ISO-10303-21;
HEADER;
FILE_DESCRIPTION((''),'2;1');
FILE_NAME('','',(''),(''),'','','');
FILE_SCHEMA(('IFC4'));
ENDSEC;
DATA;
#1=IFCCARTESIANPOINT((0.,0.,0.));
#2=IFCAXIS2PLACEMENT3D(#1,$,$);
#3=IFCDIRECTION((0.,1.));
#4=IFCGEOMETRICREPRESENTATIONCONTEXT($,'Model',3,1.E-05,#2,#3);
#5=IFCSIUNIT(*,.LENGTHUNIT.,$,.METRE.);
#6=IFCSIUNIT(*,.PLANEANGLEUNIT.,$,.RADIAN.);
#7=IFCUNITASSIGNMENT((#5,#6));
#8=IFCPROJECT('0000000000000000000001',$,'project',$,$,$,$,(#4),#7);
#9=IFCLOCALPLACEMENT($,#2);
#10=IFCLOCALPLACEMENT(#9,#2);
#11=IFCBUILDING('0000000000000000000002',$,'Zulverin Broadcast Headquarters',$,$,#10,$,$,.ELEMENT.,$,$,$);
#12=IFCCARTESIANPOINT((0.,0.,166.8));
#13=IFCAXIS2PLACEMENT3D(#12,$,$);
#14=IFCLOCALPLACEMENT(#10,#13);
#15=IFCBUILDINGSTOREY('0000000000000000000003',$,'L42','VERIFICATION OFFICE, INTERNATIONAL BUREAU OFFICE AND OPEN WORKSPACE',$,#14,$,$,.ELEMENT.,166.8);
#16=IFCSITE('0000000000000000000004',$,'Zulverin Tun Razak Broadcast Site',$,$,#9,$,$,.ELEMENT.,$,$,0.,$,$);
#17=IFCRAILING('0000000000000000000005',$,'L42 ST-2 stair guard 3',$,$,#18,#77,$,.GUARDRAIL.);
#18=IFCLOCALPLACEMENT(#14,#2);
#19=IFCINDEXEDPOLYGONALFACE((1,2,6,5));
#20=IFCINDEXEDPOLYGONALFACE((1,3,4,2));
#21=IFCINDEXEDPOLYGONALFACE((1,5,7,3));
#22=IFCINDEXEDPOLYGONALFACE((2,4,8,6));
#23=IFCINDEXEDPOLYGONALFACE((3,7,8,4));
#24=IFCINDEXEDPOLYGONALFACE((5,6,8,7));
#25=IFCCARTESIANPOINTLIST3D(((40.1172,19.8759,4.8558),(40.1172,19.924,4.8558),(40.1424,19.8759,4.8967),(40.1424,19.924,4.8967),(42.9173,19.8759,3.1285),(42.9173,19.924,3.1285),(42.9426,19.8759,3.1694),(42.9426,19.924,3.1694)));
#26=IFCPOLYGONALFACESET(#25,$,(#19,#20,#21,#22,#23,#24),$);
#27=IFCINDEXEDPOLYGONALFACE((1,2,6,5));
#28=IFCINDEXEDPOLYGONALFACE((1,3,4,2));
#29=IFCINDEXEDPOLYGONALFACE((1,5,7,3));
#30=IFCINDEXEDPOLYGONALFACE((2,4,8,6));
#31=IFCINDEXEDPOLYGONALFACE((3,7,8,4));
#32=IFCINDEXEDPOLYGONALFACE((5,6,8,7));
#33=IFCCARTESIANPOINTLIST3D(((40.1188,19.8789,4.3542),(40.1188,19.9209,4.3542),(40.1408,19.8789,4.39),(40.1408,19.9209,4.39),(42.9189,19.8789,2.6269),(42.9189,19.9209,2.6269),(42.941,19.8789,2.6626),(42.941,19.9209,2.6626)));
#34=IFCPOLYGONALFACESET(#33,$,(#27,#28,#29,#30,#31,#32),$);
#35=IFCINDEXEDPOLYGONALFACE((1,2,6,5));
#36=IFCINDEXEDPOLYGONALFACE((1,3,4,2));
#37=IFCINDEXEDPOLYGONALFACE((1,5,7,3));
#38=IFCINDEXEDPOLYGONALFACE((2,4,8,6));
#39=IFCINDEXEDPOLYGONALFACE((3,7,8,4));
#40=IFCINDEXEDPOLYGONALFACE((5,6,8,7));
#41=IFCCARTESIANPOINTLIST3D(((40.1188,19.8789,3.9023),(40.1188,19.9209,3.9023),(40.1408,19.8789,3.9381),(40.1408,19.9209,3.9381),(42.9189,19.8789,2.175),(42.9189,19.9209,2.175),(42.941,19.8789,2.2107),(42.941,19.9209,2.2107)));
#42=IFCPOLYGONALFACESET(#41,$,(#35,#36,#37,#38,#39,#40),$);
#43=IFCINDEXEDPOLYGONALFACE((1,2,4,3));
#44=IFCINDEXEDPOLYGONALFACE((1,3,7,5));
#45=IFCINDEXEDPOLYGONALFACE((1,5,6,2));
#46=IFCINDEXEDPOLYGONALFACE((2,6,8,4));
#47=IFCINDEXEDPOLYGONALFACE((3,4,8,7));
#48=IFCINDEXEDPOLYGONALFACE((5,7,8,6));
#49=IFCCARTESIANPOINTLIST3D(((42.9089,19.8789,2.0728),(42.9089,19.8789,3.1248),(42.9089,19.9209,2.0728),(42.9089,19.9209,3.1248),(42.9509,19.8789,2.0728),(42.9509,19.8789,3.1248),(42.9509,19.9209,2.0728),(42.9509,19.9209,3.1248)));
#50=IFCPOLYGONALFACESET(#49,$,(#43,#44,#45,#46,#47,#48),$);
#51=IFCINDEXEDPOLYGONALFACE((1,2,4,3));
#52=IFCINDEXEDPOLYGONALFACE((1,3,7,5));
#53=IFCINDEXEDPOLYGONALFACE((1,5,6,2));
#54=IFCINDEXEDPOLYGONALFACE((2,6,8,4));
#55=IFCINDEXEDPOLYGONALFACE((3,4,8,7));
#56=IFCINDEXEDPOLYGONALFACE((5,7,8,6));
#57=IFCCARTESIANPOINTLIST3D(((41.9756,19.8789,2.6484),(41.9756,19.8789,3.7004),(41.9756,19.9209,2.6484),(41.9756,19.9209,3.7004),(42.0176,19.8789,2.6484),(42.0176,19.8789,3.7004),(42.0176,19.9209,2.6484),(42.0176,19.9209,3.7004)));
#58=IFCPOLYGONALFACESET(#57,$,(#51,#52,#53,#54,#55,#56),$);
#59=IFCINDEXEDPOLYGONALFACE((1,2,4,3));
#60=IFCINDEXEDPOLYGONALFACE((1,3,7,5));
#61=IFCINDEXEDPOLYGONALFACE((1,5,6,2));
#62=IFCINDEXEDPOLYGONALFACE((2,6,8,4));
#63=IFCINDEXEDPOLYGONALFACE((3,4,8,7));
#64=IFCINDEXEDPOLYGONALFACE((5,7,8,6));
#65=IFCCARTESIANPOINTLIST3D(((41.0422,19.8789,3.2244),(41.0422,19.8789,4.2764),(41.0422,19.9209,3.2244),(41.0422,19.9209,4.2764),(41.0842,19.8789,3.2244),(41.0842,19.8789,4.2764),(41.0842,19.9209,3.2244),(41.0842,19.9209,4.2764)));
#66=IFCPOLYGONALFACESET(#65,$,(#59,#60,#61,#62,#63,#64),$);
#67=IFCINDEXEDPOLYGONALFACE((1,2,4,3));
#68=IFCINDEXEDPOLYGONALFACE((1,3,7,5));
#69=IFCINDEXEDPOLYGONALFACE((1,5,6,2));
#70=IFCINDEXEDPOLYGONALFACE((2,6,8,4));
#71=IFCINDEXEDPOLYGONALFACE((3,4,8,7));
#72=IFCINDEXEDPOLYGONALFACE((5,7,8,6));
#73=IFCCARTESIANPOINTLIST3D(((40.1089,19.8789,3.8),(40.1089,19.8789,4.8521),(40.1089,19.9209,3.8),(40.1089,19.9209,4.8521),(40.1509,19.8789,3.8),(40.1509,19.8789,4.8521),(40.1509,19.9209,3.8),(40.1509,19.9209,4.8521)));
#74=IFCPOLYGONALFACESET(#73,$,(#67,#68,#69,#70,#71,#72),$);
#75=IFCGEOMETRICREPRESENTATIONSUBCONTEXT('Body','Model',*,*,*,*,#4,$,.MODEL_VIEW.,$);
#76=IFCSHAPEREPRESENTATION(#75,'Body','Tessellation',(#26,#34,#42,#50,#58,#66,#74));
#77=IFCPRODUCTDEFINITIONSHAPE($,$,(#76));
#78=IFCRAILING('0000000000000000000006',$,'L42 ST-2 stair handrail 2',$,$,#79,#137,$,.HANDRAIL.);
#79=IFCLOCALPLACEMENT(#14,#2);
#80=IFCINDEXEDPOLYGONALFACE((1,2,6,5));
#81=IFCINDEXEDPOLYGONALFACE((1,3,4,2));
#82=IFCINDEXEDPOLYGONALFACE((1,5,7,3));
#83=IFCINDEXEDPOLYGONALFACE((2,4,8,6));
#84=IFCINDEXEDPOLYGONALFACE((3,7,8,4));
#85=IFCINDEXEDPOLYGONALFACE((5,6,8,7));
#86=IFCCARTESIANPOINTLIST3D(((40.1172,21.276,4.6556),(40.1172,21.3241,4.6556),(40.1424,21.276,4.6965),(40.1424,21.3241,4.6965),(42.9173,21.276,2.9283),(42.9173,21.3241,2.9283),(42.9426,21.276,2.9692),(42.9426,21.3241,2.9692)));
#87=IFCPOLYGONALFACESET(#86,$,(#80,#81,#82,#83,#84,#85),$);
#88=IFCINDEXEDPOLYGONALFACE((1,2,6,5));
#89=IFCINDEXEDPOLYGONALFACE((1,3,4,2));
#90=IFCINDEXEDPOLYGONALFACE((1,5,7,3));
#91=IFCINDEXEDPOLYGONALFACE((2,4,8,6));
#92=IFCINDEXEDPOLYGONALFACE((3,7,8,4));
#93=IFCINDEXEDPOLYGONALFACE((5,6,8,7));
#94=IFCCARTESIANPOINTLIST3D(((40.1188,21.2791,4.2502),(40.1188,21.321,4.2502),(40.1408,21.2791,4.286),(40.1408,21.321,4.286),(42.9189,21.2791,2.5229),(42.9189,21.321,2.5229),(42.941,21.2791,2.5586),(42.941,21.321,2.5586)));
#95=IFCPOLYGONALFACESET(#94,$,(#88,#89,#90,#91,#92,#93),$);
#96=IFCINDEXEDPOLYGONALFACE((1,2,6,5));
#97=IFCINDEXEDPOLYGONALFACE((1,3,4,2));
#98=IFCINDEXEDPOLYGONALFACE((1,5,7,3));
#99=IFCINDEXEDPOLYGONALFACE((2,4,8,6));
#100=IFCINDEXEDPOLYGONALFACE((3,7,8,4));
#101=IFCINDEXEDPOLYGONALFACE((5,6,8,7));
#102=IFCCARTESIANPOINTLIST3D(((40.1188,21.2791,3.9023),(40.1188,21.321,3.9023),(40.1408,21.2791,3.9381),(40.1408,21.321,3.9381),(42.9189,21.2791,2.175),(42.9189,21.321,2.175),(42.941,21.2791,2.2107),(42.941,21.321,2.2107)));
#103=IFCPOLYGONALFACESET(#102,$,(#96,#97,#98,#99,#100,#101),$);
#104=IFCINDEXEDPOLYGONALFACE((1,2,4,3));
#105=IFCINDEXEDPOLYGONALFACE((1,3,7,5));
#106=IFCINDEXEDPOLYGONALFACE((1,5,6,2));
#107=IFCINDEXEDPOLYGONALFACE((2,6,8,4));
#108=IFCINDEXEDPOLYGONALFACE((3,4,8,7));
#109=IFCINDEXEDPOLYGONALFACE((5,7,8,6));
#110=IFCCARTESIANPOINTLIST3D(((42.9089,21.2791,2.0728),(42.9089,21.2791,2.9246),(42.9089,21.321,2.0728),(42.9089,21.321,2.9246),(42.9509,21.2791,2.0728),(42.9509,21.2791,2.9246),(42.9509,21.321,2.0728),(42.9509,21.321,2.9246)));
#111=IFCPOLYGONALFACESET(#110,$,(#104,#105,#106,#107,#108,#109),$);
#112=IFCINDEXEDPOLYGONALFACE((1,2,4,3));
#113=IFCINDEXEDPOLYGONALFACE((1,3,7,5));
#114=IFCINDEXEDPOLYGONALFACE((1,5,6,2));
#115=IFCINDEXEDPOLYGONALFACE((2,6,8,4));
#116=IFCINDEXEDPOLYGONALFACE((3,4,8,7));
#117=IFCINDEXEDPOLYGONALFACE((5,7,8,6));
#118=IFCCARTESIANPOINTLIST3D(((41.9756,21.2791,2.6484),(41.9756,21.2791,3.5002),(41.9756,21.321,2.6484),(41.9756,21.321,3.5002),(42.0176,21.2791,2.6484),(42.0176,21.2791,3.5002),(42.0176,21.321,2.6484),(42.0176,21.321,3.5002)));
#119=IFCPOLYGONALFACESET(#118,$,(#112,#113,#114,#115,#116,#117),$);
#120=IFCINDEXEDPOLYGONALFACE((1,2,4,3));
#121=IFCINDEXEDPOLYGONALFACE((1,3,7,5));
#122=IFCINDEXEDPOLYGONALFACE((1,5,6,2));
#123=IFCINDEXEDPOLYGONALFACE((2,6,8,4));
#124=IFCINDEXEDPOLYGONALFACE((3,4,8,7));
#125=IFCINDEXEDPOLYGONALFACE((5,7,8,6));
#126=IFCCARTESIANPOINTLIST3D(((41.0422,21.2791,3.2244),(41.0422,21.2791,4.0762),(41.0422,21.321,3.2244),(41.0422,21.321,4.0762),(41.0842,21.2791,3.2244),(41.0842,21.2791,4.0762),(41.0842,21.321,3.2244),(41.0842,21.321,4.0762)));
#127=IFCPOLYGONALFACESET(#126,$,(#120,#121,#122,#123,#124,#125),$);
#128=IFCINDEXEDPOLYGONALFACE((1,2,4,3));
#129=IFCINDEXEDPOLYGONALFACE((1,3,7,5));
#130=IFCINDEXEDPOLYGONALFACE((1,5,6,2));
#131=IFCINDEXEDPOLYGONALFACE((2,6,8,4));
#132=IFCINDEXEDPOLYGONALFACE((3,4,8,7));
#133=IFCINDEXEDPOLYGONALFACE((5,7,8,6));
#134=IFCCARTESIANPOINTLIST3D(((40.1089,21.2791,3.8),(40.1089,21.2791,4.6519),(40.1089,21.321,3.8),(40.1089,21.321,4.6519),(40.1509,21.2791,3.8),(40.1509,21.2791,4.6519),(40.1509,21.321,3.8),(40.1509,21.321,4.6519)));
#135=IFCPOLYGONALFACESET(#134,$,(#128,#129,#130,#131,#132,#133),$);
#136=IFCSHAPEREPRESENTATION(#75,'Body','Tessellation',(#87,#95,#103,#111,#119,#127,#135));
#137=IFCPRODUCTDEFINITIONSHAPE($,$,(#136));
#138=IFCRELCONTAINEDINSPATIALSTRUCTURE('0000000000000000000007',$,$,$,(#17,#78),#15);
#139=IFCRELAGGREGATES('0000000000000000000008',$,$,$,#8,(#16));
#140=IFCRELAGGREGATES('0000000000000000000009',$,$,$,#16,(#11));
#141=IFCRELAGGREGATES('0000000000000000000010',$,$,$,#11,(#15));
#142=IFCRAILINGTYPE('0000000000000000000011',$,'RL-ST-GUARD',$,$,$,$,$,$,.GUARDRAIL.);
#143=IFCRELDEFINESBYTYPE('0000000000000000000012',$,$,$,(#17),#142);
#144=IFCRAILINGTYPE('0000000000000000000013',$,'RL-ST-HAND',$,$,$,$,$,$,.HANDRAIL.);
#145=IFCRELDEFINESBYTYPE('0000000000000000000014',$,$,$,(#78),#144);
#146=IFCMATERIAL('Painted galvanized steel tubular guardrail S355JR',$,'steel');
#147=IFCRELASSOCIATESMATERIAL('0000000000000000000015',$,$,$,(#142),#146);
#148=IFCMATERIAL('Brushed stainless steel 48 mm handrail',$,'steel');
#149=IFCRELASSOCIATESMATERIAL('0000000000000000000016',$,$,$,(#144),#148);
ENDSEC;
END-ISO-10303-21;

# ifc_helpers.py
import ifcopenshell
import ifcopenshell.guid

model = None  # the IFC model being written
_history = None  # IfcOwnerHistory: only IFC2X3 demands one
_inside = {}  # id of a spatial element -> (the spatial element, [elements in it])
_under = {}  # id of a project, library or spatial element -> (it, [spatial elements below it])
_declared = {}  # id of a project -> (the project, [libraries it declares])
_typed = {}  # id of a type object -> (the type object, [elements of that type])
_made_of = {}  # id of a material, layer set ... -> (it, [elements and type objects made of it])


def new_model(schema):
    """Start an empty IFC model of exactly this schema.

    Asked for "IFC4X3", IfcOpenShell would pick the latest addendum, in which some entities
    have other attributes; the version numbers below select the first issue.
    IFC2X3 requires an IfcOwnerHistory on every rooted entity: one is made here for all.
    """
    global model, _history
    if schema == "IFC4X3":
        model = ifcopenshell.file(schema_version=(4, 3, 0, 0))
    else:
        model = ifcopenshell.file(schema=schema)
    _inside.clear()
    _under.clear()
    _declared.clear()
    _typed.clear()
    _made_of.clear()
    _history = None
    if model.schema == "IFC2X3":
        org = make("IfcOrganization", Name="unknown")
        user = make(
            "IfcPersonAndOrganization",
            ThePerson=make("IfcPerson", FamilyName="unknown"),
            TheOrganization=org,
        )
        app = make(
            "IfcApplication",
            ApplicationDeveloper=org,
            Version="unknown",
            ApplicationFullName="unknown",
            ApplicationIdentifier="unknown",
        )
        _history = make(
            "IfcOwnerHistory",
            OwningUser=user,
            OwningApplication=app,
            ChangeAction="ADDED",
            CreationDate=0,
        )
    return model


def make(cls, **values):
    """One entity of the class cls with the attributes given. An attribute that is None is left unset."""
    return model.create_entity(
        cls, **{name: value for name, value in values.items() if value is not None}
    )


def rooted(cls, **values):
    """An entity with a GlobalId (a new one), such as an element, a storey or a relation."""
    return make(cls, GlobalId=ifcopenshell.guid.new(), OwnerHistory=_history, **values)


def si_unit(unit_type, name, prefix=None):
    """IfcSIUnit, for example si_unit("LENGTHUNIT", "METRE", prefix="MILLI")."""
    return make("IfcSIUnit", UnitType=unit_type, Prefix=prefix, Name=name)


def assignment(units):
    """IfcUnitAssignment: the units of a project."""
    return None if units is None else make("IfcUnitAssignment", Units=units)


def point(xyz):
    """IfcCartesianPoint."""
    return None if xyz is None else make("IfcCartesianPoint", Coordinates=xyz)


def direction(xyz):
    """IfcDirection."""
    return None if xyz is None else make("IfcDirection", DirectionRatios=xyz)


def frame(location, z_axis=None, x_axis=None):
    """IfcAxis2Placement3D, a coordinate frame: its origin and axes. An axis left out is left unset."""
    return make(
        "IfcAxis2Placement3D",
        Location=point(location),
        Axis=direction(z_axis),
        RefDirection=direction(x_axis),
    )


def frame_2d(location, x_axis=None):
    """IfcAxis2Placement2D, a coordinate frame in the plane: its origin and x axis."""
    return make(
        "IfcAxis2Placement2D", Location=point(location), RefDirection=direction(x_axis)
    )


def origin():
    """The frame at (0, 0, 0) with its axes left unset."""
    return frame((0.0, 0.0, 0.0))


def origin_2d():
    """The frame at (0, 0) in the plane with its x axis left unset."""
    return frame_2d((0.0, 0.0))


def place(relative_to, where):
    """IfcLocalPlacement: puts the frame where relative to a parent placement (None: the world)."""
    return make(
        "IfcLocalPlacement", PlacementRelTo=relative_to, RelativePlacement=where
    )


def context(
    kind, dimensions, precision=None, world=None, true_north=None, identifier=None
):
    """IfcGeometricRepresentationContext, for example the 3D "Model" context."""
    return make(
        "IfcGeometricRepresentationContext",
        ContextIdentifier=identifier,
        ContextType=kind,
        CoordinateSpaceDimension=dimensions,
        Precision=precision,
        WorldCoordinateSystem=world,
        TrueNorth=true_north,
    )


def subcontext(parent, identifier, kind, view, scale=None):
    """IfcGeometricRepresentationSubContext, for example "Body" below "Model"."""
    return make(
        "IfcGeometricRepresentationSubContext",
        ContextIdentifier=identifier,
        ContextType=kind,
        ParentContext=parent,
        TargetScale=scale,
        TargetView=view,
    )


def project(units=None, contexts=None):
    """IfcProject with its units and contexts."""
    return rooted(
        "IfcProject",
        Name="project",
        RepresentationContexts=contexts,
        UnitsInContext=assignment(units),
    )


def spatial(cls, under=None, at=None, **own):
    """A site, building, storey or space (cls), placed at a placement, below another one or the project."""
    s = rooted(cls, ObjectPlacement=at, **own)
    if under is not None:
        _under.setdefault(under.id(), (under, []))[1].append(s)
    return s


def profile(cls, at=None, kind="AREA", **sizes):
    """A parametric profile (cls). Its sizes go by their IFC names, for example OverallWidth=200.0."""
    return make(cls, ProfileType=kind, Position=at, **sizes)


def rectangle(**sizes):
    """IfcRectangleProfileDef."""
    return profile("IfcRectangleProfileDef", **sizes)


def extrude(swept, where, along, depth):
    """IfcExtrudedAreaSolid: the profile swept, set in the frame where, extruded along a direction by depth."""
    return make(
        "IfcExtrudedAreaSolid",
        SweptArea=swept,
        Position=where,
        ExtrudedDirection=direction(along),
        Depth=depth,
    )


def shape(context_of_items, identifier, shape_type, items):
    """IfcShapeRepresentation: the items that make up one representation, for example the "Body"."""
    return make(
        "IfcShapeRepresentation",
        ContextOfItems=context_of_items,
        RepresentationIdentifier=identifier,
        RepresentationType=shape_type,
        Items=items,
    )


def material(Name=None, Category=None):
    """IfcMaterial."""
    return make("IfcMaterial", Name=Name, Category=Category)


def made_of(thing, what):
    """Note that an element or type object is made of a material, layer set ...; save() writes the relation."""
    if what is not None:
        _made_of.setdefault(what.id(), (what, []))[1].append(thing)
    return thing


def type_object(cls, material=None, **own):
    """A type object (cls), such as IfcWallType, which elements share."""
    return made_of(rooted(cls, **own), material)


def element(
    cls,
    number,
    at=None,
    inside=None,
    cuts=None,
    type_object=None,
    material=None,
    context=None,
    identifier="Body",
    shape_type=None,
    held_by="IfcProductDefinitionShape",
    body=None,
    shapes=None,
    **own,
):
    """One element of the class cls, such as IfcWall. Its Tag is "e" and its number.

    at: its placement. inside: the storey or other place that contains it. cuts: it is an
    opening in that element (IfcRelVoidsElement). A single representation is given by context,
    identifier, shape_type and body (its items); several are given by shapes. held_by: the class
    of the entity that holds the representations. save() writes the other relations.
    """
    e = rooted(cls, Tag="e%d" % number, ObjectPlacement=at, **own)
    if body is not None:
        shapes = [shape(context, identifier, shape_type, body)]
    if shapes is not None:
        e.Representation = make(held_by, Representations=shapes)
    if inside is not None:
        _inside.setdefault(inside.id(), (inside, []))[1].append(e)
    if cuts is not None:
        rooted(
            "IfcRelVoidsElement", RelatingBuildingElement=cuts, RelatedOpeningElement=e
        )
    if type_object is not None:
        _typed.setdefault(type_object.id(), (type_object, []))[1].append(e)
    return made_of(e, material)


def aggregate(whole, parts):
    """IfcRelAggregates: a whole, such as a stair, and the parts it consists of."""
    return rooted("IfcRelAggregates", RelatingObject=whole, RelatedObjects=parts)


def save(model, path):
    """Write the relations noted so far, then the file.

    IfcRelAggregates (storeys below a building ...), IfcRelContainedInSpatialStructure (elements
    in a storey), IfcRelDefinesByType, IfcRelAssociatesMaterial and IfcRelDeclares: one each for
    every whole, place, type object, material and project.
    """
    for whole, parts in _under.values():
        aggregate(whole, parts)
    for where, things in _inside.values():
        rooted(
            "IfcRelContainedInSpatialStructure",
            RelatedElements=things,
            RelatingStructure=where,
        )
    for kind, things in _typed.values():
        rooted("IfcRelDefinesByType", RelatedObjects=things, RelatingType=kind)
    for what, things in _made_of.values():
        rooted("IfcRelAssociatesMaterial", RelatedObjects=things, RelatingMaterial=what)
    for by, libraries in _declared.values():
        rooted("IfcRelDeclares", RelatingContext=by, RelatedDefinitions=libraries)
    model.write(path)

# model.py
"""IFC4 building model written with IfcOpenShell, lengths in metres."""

from ifc_helpers import new_model, si_unit, direction, frame, origin, origin_2d, place, context, subcontext, project, spatial, rectangle, extrude, material, type_object, element, save


model = new_model("IFC4")

# Units and contexts
model_context = context("Model", 3, precision=1e-05, world=origin(), true_north=direction((0.0, 1.0)))
body_context = subcontext(model_context, "Body", "Model", "MODEL_VIEW")
ifc_project = project(units=[si_unit("LENGTHUNIT", "METRE"), si_unit("PLANEANGLEUNIT", "RADIAN")], contexts=[model_context])

# Site, building, storey
site_placement = place(None, origin())
site = spatial("IfcSite", under=ifc_project, at=site_placement, Name="Zulverin Tun Razak Broadcast Site", CompositionType="ELEMENT", RefElevation=0.0)
building_placement = place(site_placement, origin())
building = spatial("IfcBuilding", under=site, at=building_placement, Name="Zulverin Broadcast Headquarters", CompositionType="ELEMENT")
storey_placement = place(building_placement, frame((0.0, 0.0, 166.8)))
storey = spatial("IfcBuildingStorey", under=building, at=storey_placement, Name="L42", Description="VERIFICATION OFFICE, INTERNATIONAL BUREAU OFFICE AND OPEN WORKSPACE", CompositionType="ELEMENT", Elevation=166.8)

# Railings
ifc_material_1 = material(Name="Painted galvanized steel tubular guardrail S355JR", Category="steel")
railing_type_1 = type_object("IfcRailingType", Name="RL-ST-GUARD", PredefinedType="GUARDRAIL", material=ifc_material_1)
railing_1_placement = place(storey_placement, frame((42.9299, 19.8999, 2.0728)))
element("IfcRailing", 1, at=railing_1_placement, inside=storey, type_object=railing_type_1, Name="L42 ST-2 stair guard 3", PredefinedType="GUARDRAIL", context=body_context, shape_type="SweptSolid", body=[
    extrude(rectangle(XDim=0.0481, YDim=0.0481, at=origin_2d()), frame((0.0, 0.0, 1.0762), z_axis=(-0.85109, 0.0, 0.52502), x_axis=(0.0, -1.0, 0.0)), (0.0, 0.0, 1.0), 3.29),
    extrude(rectangle(XDim=0.042, YDim=0.042, at=origin_2d()), frame((0.0, 0.0, 0.572), z_axis=(-0.85109, 0.0, 0.52502), x_axis=(0.0, -1.0, 0.0)), (0.0, 0.0, 1.0), 3.29),
    extrude(rectangle(XDim=0.042, YDim=0.042, at=origin_2d()), frame((0.0, 0.0, 0.1201), z_axis=(-0.85109, 0.0, 0.52502), x_axis=(0.0, -1.0, 0.0)), (0.0, 0.0, 1.0), 3.29),
    extrude(rectangle(XDim=0.042, YDim=0.042, at=origin_2d()), origin(), (0.0, 0.0, 1.0), 1.052),
    extrude(rectangle(XDim=0.042, YDim=0.042, at=origin_2d()), frame((-0.9333, 0.0, 0.5757)), (0.0, 0.0, 1.0), 1.052),
    extrude(rectangle(XDim=0.042, YDim=0.042, at=origin_2d()), frame((-1.8667, 0.0, 1.1516)), (0.0, 0.0, 1.0), 1.052),
    extrude(rectangle(XDim=0.042, YDim=0.042, at=origin_2d()), frame((-2.8, 0.0, 1.7273)), (0.0, 0.0, 1.0), 1.052),
])
ifc_material_2 = material(Name="Brushed stainless steel 48 mm handrail", Category="steel")
railing_type_2 = type_object("IfcRailingType", Name="RL-ST-HAND", PredefinedType="HANDRAIL", material=ifc_material_2)
railing_2_placement = place(storey_placement, frame((42.9299, 21.3, 2.0728)))
element("IfcRailing", 2, at=railing_2_placement, inside=storey, type_object=railing_type_2, Name="L42 ST-2 stair handrail 2", PredefinedType="HANDRAIL", context=body_context, shape_type="SweptSolid", body=[
    extrude(rectangle(XDim=0.0481, YDim=0.0481, at=origin_2d()), frame((0.0, 0.0, 0.876), z_axis=(-0.85109, 0.0, 0.52502), x_axis=(0.0, -1.0, 0.0)), (0.0, 0.0, 1.0), 3.29),
    extrude(rectangle(XDim=0.042, YDim=0.042, at=origin_2d()), frame((0.0, 0.0, 0.468), z_axis=(-0.85109, 0.0, 0.52502), x_axis=(0.0, -1.0, 0.0)), (0.0, 0.0, 1.0), 3.29),
    extrude(rectangle(XDim=0.042, YDim=0.042, at=origin_2d()), frame((0.0, 0.0, 0.1201), z_axis=(-0.85109, 0.0, 0.52502), x_axis=(0.0, -1.0, 0.0)), (0.0, 0.0, 1.0), 3.29),
    extrude(rectangle(XDim=0.042, YDim=0.042, at=origin_2d()), origin(), (0.0, 0.0, 1.0), 0.8518),
    extrude(rectangle(XDim=0.042, YDim=0.042, at=origin_2d()), frame((-0.9333, 0.0, 0.5757)), (0.0, 0.0, 1.0), 0.8518),
    extrude(rectangle(XDim=0.042, YDim=0.042, at=origin_2d()), frame((-1.8667, 0.0, 1.1516)), (0.0, 0.0, 1.0), 0.8518),
    extrude(rectangle(XDim=0.042, YDim=0.042, at=origin_2d()), frame((-2.8, 0.0, 1.7273)), (0.0, 0.0, 1.0), 0.8518),
])

save(model, "model.ifc")
